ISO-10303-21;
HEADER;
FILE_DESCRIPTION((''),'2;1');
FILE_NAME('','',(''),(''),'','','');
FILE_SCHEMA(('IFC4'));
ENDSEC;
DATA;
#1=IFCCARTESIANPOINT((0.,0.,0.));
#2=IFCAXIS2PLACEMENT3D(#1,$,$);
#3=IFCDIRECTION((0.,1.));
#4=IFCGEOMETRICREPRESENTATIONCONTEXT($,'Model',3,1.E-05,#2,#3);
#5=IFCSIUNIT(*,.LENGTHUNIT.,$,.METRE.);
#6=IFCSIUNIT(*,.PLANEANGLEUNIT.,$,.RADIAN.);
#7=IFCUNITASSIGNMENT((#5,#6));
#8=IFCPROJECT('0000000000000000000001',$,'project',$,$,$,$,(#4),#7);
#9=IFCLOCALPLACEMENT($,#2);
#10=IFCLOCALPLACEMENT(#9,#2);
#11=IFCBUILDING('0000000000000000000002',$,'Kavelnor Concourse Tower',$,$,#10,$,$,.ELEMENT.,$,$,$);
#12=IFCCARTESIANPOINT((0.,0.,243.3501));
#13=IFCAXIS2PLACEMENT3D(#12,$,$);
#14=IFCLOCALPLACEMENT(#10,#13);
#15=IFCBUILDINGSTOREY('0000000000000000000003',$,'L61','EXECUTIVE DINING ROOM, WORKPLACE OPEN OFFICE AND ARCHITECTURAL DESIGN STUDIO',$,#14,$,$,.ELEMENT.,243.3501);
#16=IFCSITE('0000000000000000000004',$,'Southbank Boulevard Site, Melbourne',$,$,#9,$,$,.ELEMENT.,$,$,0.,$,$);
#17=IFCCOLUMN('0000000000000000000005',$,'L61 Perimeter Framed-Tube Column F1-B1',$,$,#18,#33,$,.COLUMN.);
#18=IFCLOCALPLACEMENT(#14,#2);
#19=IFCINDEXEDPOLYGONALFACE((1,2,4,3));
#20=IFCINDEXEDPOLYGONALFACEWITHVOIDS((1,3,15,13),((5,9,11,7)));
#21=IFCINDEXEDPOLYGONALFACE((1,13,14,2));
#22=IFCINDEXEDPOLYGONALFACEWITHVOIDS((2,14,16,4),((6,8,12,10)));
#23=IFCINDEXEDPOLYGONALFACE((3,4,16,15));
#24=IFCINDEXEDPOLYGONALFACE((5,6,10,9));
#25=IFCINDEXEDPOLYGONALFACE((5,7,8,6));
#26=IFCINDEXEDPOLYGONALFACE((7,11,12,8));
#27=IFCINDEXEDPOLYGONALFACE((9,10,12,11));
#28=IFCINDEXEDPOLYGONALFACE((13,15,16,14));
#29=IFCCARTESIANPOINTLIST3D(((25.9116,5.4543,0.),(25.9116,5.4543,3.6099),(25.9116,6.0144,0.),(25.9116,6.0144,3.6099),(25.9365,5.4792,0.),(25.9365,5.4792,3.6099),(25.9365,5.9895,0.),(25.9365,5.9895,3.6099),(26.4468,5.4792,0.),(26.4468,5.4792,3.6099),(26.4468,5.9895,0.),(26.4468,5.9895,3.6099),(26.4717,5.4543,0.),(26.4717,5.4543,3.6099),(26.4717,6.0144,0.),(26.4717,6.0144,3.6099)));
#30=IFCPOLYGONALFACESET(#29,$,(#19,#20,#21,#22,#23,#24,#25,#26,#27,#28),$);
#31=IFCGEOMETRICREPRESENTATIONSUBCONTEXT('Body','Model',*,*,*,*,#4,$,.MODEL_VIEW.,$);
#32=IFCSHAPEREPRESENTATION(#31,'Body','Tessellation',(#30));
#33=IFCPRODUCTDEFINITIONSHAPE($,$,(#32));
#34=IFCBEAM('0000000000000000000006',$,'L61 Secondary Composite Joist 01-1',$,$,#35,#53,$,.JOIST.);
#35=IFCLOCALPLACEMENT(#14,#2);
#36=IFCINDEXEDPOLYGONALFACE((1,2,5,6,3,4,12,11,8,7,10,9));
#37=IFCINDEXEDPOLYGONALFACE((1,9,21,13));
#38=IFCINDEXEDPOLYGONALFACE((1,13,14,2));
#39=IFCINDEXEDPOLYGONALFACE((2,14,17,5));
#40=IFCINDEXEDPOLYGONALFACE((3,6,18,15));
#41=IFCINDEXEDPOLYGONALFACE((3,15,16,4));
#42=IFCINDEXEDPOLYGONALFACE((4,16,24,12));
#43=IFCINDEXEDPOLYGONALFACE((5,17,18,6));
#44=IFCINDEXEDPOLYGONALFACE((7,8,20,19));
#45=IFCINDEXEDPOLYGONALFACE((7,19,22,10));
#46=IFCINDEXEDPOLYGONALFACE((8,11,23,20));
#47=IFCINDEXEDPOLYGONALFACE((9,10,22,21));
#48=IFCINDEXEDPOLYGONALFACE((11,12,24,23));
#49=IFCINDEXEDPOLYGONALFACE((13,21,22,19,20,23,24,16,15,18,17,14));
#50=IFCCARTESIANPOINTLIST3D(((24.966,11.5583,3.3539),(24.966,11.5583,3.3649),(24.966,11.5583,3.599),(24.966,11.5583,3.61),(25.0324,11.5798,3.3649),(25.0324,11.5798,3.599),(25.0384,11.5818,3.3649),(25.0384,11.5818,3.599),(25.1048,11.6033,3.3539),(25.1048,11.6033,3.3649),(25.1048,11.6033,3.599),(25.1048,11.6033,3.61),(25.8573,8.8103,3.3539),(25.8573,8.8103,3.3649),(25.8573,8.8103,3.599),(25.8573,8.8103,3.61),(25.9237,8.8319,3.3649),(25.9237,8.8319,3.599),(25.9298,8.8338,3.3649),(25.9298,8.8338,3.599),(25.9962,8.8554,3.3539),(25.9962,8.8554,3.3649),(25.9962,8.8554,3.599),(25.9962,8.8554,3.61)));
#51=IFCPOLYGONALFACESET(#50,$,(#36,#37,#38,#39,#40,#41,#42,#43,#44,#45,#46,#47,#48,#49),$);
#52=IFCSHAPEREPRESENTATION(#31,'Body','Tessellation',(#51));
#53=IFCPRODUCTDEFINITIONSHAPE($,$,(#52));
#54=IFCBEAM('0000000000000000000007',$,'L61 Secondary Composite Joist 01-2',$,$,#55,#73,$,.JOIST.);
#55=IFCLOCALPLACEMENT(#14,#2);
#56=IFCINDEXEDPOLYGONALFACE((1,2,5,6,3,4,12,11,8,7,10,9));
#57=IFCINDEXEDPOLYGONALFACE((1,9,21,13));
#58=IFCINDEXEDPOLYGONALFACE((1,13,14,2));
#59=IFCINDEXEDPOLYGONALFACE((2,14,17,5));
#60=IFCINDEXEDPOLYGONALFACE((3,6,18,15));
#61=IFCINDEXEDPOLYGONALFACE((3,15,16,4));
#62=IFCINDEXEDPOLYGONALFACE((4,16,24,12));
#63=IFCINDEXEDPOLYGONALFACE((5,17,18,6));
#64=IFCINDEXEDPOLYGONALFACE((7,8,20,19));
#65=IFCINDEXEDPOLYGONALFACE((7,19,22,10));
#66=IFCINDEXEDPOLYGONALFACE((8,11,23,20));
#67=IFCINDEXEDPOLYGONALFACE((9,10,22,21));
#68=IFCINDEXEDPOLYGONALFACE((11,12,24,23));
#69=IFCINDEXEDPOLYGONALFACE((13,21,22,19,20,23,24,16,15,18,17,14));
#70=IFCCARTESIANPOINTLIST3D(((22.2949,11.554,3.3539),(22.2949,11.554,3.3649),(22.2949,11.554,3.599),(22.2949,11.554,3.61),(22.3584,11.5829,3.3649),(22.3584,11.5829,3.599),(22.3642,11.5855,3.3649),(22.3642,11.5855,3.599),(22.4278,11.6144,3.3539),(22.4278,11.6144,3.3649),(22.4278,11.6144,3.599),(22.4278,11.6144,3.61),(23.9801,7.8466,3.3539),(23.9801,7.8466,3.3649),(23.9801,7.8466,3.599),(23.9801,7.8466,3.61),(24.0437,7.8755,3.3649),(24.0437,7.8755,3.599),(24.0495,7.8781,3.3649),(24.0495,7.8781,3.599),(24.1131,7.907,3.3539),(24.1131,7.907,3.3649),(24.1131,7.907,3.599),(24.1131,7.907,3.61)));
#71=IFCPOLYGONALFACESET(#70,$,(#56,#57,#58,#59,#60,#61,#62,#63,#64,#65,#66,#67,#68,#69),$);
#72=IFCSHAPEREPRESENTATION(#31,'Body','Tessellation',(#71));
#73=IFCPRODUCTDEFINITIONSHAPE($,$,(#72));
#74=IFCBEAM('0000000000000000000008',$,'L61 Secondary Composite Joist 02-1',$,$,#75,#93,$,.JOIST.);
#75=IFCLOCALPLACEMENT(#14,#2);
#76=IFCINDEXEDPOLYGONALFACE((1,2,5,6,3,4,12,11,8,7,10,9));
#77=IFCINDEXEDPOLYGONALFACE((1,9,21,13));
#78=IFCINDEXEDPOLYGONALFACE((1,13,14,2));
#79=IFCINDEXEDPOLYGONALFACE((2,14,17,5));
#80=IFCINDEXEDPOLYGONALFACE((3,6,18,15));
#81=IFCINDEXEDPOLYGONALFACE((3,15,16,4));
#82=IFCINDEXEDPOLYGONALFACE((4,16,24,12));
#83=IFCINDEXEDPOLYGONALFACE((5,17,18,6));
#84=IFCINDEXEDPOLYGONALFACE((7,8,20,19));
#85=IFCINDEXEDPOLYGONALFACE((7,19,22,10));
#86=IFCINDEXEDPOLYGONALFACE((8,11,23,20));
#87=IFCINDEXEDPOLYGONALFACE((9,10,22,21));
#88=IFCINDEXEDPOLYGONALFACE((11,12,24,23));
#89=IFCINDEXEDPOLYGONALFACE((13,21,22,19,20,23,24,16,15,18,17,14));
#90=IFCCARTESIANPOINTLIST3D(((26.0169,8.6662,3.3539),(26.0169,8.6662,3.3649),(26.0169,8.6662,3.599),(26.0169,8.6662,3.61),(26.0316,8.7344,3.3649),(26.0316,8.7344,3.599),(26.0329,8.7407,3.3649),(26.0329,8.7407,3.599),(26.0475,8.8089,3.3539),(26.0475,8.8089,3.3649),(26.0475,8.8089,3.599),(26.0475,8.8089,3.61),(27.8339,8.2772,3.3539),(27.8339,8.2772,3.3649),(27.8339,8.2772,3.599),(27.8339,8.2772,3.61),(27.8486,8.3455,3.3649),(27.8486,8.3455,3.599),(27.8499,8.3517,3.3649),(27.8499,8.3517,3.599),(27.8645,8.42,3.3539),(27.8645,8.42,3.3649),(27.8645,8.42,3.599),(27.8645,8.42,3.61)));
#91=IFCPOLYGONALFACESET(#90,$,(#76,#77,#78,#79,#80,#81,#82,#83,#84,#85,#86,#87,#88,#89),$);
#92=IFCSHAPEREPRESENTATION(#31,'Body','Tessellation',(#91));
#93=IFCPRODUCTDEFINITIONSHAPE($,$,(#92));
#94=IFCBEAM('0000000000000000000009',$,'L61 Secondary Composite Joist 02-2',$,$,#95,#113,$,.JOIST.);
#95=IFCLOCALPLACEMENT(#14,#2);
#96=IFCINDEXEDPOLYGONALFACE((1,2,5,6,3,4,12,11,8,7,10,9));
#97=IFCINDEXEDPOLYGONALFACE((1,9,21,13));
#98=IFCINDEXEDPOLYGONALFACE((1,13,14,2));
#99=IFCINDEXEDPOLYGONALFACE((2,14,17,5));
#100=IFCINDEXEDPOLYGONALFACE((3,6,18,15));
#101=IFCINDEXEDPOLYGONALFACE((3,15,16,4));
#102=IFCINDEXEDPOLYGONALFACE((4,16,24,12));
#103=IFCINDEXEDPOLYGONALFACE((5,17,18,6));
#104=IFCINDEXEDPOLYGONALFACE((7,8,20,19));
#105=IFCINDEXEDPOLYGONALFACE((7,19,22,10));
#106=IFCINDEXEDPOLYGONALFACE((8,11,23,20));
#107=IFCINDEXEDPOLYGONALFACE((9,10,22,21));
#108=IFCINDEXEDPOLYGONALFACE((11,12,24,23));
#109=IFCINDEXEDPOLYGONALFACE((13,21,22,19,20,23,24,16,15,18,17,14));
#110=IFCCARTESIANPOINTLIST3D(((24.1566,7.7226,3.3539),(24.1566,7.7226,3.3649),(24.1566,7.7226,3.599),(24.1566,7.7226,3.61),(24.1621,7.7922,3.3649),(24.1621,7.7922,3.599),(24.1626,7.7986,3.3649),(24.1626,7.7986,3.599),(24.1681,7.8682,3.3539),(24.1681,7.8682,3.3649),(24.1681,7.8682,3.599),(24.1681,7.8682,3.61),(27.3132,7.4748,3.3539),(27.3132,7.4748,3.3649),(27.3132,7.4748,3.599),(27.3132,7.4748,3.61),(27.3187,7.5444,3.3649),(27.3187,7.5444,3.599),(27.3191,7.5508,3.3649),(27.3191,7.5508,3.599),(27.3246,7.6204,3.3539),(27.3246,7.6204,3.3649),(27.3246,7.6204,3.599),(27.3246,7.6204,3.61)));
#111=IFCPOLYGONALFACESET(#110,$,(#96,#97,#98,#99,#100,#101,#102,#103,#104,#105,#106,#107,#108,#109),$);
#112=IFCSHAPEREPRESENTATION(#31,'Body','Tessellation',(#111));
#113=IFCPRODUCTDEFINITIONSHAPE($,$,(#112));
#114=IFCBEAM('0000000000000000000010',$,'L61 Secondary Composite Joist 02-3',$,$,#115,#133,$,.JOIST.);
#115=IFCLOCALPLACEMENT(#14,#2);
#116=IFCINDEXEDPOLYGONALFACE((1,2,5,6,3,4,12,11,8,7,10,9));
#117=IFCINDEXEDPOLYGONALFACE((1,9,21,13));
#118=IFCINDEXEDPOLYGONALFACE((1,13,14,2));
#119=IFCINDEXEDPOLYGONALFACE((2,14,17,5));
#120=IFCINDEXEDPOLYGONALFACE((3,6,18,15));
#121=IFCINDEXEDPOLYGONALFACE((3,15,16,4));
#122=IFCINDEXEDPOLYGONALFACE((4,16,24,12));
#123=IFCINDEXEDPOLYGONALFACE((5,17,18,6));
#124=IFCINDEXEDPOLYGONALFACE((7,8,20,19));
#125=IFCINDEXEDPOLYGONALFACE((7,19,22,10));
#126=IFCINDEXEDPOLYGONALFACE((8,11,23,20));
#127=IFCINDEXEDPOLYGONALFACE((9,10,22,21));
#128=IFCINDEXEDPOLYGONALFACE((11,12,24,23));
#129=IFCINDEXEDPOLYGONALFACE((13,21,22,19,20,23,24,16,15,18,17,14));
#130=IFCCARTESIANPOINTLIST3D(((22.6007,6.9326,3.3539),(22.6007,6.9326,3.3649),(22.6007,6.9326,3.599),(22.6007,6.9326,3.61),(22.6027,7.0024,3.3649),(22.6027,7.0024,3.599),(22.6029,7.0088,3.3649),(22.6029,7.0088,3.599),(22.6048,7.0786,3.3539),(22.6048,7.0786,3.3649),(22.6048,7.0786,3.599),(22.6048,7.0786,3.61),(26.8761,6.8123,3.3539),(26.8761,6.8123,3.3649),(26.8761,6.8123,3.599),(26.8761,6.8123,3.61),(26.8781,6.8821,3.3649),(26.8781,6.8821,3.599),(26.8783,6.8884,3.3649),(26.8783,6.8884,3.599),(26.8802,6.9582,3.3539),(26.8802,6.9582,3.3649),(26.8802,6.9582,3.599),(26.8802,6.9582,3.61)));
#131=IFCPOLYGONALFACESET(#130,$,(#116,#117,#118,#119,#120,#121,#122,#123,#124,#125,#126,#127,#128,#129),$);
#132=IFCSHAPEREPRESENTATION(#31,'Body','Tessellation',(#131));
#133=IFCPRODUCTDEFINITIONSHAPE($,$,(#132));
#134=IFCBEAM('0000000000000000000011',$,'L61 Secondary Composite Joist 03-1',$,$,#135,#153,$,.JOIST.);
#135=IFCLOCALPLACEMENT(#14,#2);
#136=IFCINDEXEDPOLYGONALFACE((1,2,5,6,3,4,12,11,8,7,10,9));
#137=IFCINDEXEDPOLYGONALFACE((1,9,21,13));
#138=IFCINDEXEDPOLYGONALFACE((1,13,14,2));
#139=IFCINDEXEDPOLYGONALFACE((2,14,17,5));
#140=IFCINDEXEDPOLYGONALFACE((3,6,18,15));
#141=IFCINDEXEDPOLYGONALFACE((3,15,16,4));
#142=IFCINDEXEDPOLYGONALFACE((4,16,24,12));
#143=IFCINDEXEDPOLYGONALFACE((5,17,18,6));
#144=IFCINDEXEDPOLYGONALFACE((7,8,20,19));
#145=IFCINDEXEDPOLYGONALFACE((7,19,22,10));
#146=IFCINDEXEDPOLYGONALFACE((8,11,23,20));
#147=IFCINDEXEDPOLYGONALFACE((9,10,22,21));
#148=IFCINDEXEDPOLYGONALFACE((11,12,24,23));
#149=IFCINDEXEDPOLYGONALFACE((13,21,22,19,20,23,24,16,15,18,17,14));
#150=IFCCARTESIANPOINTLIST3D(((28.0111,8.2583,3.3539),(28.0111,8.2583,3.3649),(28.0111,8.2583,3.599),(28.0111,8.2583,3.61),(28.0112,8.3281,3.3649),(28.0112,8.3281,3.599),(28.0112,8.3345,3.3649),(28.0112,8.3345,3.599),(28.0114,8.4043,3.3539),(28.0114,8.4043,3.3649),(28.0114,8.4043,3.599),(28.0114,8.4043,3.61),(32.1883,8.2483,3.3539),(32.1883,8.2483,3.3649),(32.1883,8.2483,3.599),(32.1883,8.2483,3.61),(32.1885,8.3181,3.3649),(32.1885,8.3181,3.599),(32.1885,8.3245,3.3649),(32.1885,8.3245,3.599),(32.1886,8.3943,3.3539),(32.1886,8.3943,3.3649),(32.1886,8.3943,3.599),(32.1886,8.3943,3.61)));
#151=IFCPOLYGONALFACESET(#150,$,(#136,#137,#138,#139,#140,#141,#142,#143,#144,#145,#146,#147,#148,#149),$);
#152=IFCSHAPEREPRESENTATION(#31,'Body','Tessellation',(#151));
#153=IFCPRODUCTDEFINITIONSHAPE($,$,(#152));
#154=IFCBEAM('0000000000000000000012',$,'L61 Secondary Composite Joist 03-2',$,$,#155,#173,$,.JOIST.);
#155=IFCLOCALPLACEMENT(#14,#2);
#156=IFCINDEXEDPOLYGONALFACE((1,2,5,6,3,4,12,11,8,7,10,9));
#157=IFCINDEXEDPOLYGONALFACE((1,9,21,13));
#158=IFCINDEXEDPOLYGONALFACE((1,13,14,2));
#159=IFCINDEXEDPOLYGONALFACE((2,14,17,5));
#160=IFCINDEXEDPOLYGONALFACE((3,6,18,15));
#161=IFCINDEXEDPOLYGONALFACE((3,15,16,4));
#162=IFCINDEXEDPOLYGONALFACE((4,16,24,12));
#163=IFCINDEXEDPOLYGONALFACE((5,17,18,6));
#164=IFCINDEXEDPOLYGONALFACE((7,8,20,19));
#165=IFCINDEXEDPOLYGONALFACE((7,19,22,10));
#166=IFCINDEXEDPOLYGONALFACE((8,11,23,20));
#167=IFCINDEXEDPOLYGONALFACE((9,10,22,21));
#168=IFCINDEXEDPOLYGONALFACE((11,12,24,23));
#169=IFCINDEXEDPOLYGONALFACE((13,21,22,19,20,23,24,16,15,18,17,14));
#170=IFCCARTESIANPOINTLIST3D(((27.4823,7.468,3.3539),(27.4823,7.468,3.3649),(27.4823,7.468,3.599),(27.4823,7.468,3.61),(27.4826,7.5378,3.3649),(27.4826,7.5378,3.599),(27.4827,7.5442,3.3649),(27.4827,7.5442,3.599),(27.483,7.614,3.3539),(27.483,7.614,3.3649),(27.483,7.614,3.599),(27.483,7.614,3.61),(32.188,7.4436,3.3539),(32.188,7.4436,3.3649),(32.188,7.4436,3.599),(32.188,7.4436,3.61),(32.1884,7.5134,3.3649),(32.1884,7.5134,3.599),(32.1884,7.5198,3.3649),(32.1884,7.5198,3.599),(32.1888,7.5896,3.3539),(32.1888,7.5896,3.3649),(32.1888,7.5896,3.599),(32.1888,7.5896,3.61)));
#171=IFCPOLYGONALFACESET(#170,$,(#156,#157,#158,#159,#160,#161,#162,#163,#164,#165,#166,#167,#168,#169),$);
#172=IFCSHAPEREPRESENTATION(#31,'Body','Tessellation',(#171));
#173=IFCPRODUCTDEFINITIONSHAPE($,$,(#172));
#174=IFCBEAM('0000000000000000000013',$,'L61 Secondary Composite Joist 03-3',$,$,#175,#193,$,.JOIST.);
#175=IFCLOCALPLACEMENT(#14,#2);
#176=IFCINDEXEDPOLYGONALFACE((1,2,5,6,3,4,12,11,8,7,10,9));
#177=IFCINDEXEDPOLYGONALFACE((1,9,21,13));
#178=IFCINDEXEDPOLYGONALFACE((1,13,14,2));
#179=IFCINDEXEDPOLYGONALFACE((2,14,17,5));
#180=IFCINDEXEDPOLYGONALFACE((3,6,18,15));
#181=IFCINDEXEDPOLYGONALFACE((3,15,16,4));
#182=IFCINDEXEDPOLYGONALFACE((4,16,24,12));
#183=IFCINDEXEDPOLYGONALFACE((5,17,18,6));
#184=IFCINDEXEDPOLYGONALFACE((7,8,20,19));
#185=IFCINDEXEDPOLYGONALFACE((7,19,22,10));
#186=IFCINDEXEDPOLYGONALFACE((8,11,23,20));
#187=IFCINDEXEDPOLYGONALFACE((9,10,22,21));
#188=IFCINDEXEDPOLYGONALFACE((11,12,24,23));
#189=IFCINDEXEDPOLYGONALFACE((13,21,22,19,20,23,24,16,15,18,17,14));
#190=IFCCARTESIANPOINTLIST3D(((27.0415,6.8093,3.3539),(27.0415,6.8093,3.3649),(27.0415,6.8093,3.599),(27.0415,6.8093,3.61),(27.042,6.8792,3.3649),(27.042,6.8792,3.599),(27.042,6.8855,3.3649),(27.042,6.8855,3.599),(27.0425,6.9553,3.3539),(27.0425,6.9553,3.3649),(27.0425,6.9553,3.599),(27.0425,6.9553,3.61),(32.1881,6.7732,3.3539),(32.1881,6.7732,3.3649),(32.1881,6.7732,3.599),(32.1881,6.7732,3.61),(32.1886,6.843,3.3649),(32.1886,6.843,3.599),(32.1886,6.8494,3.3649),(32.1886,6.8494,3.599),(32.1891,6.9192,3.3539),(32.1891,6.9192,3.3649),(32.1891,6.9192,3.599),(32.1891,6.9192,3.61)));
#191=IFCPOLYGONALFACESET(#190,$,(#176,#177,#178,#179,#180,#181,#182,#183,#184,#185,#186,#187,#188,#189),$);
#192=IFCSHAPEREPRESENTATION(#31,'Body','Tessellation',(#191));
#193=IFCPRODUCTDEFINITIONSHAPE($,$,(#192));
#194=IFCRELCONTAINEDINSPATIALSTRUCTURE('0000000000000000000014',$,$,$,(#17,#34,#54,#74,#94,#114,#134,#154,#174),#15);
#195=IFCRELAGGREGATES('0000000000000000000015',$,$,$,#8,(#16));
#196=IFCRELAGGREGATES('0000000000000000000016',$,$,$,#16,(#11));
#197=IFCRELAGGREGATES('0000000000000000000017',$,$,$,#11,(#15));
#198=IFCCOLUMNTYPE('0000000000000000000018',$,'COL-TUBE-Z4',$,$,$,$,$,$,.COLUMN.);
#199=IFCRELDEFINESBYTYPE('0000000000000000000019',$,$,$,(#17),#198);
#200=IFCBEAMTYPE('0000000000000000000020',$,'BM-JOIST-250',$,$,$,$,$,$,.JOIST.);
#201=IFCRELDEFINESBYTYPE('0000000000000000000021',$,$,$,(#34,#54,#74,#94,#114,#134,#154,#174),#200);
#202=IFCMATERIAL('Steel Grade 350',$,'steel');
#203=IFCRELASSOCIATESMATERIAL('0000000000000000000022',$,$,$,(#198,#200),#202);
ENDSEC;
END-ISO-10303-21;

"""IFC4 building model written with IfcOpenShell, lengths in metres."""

from ifc_helpers import new_model, si_unit, direction, frame, origin, origin_2d, place, context, subcontext, project, spatial, hollow_rectangle, i_section, extrude, material, material_profile, profile_set, type_object, element, save


model = new_model("IFC4")

# Units and contexts
model_context = context("Model", 3, precision=1e-05, world=origin(), true_north=direction((0.0, 1.0)))
body_context = subcontext(model_context, "Body", "Model", "MODEL_VIEW")
ifc_project = project(units=[si_unit("LENGTHUNIT", "METRE"), si_unit("PLANEANGLEUNIT", "RADIAN")], contexts=[model_context])

# Site, building, storey
site_placement = place(None, origin())
site = spatial("IfcSite", under=ifc_project, at=site_placement, Name="Southbank Boulevard Site, Melbourne", CompositionType="ELEMENT", RefElevation=0.0)
building_placement = place(site_placement, origin())
building = spatial("IfcBuilding", under=site, at=building_placement, Name="Kavelnor Concourse Tower", CompositionType="ELEMENT")
storey_placement = place(building_placement, frame((0.0, 0.0, 243.3501)))
storey = spatial("IfcBuildingStorey", under=building, at=storey_placement, Name="L61", Description="EXECUTIVE DINING ROOM, WORKPLACE OPEN OFFICE AND ARCHITECTURAL DESIGN STUDIO", CompositionType="ELEMENT", Elevation=243.3501)

# Column
ifc_material_1 = material(Name="Steel Grade 350", Category="steel")
ifc_material_profile_1 = material_profile(ifc_material_1, hollow_rectangle(XDim=0.5601, YDim=0.5601, WallThickness=0.0249, at=origin_2d()), Name="SHS 560x560x25")
ifc_profile_set_1 = profile_set([ifc_material_profile_1], Name="Steel Grade 350")
column_type = type_object("IfcColumnType", Name="COL-TUBE-Z4", PredefinedType="COLUMN", material=ifc_profile_set_1)
column_placement = place(storey_placement, frame((26.1917, 5.7344, 0.0), z_axis=(0.0, 0.0, 1.0), x_axis=(1.0, 0.0, 0.0)))
element("IfcColumn", 1, at=column_placement, inside=storey, type_object=column_type, Name="L61 Perimeter Framed-Tube Column F1-B1", PredefinedType="COLUMN", context=body_context, shape_type="SweptSolid", body=[
    extrude(hollow_rectangle(XDim=0.5601, YDim=0.5601, WallThickness=0.0249, at=origin_2d()), origin(), (0.0, 0.0, 1.0), 3.6099),
])

# Beams
ifc_material_profile_2 = material_profile(ifc_material_1, i_section(OverallWidth=0.146, OverallDepth=0.2561, WebThickness=0.0063, FlangeThickness=0.011, at=origin_2d()), Name="250UB37")
ifc_profile_set_2 = profile_set([ifc_material_profile_2], Name="Steel Grade 350")
beam_type_1 = type_object("IfcBeamType", Name="BM-JOIST-250", PredefinedType="JOIST", material=ifc_profile_set_2)
beam_1_placement = place(storey_placement, frame((25.0354, 11.5808, 3.4819), z_axis=(0.308536, -0.951213, 0.0), x_axis=(0.951213, 0.308536, 0.0)))
element("IfcBeam", 2, at=beam_1_placement, inside=storey, type_object=beam_type_1, Name="L61 Secondary Composite Joist 01-1", PredefinedType="JOIST", context=body_context, shape_type="SweptSolid", body=[
    extrude(i_section(OverallWidth=0.146, OverallDepth=0.2561, WebThickness=0.0063, FlangeThickness=0.011, at=origin_2d()), origin(), (0.0, 0.0, 1.0), 2.8889),
])
beam_2_placement = place(storey_placement, frame((22.3613, 11.5842, 3.4819), z_axis=(0.413816, -0.91036, 0.0), x_axis=(0.91036, 0.413816, 0.0)))
element("IfcBeam", 3, at=beam_2_placement, inside=storey, type_object=beam_type_1, Name="L61 Secondary Composite Joist 01-2", PredefinedType="JOIST", context=body_context, shape_type="SweptSolid", body=[
    extrude(i_section(OverallWidth=0.146, OverallDepth=0.2561, WebThickness=0.0063, FlangeThickness=0.011, at=origin_2d()), origin(), (0.0, 0.0, 1.0), 4.0725),
])
beam_3_placement = place(storey_placement, frame((26.0322, 8.7375, 3.4819), z_axis=(0.977849, -0.209314, 0.0), x_axis=(0.209314, 0.977849, 0.0)))
element("IfcBeam", 4, at=beam_3_placement, inside=storey, type_object=beam_type_1, Name="L61 Secondary Composite Joist 02-1", PredefinedType="JOIST", context=body_context, shape_type="SweptSolid", body=[
    extrude(i_section(OverallWidth=0.146, OverallDepth=0.2561, WebThickness=0.0063, FlangeThickness=0.011, at=origin_2d()), origin(), (0.0, 0.0, 1.0), 1.8582),
])
beam_4_placement = place(storey_placement, frame((24.1624, 7.7954, 3.4819), z_axis=(0.996933, -0.078265, 0.0), x_axis=(0.078265, 0.996933, 0.0)))
element("IfcBeam", 5, at=beam_4_placement, inside=storey, type_object=beam_type_1, Name="L61 Secondary Composite Joist 02-2", PredefinedType="JOIST", context=body_context, shape_type="SweptSolid", body=[
    extrude(i_section(OverallWidth=0.146, OverallDepth=0.2561, WebThickness=0.0063, FlangeThickness=0.011, at=origin_2d()), origin(), (0.0, 0.0, 1.0), 3.1663),
])
beam_5_placement = place(storey_placement, frame((22.6028, 7.0056, 3.4819), z_axis=(0.999604, -0.028141, 0.0), x_axis=(0.028141, 0.999604, 0.0)))
element("IfcBeam", 6, at=beam_5_placement, inside=storey, type_object=beam_type_1, Name="L61 Secondary Composite Joist 02-3", PredefinedType="JOIST", context=body_context, shape_type="SweptSolid", body=[
    extrude(i_section(OverallWidth=0.146, OverallDepth=0.2561, WebThickness=0.0063, FlangeThickness=0.011, at=origin_2d()), origin(), (0.0, 0.0, 1.0), 4.2771),
])
beam_6_placement = place(storey_placement, frame((28.0112, 8.3313, 3.4819), z_axis=(0.999997, -0.002396, 0.0), x_axis=(0.002396, 0.999997, 0.0)))
element("IfcBeam", 7, at=beam_6_placement, inside=storey, type_object=beam_type_1, Name="L61 Secondary Composite Joist 03-1", PredefinedType="JOIST", context=body_context, shape_type="SweptSolid", body=[
    extrude(i_section(OverallWidth=0.146, OverallDepth=0.2561, WebThickness=0.0063, FlangeThickness=0.011, at=origin_2d()), origin(), (0.0, 0.0, 1.0), 4.1772),
])
beam_7_placement = place(storey_placement, frame((27.4827, 7.541, 3.4819), z_axis=(0.999987, -0.005188, 0.0), x_axis=(0.005188, 0.999987, 0.0)))
element("IfcBeam", 8, at=beam_7_placement, inside=storey, type_object=beam_type_1, Name="L61 Secondary Composite Joist 03-2", PredefinedType="JOIST", context=body_context, shape_type="SweptSolid", body=[
    extrude(i_section(OverallWidth=0.146, OverallDepth=0.2561, WebThickness=0.0063, FlangeThickness=0.011, at=origin_2d()), origin(), (0.0, 0.0, 1.0), 4.7058),
])
beam_8_placement = place(storey_placement, frame((27.042, 6.8823, 3.4819), z_axis=(0.999975, -0.007021, 0.0), x_axis=(0.007021, 0.999975, 0.0)))
element("IfcBeam", 9, at=beam_8_placement, inside=storey, type_object=beam_type_1, Name="L61 Secondary Composite Joist 03-3", PredefinedType="JOIST", context=body_context, shape_type="SweptSolid", body=[
    extrude(i_section(OverallWidth=0.146, OverallDepth=0.2561, WebThickness=0.0063, FlangeThickness=0.011, at=origin_2d()), origin(), (0.0, 0.0, 1.0), 5.1467),
])

save(model, "model.ifc")
